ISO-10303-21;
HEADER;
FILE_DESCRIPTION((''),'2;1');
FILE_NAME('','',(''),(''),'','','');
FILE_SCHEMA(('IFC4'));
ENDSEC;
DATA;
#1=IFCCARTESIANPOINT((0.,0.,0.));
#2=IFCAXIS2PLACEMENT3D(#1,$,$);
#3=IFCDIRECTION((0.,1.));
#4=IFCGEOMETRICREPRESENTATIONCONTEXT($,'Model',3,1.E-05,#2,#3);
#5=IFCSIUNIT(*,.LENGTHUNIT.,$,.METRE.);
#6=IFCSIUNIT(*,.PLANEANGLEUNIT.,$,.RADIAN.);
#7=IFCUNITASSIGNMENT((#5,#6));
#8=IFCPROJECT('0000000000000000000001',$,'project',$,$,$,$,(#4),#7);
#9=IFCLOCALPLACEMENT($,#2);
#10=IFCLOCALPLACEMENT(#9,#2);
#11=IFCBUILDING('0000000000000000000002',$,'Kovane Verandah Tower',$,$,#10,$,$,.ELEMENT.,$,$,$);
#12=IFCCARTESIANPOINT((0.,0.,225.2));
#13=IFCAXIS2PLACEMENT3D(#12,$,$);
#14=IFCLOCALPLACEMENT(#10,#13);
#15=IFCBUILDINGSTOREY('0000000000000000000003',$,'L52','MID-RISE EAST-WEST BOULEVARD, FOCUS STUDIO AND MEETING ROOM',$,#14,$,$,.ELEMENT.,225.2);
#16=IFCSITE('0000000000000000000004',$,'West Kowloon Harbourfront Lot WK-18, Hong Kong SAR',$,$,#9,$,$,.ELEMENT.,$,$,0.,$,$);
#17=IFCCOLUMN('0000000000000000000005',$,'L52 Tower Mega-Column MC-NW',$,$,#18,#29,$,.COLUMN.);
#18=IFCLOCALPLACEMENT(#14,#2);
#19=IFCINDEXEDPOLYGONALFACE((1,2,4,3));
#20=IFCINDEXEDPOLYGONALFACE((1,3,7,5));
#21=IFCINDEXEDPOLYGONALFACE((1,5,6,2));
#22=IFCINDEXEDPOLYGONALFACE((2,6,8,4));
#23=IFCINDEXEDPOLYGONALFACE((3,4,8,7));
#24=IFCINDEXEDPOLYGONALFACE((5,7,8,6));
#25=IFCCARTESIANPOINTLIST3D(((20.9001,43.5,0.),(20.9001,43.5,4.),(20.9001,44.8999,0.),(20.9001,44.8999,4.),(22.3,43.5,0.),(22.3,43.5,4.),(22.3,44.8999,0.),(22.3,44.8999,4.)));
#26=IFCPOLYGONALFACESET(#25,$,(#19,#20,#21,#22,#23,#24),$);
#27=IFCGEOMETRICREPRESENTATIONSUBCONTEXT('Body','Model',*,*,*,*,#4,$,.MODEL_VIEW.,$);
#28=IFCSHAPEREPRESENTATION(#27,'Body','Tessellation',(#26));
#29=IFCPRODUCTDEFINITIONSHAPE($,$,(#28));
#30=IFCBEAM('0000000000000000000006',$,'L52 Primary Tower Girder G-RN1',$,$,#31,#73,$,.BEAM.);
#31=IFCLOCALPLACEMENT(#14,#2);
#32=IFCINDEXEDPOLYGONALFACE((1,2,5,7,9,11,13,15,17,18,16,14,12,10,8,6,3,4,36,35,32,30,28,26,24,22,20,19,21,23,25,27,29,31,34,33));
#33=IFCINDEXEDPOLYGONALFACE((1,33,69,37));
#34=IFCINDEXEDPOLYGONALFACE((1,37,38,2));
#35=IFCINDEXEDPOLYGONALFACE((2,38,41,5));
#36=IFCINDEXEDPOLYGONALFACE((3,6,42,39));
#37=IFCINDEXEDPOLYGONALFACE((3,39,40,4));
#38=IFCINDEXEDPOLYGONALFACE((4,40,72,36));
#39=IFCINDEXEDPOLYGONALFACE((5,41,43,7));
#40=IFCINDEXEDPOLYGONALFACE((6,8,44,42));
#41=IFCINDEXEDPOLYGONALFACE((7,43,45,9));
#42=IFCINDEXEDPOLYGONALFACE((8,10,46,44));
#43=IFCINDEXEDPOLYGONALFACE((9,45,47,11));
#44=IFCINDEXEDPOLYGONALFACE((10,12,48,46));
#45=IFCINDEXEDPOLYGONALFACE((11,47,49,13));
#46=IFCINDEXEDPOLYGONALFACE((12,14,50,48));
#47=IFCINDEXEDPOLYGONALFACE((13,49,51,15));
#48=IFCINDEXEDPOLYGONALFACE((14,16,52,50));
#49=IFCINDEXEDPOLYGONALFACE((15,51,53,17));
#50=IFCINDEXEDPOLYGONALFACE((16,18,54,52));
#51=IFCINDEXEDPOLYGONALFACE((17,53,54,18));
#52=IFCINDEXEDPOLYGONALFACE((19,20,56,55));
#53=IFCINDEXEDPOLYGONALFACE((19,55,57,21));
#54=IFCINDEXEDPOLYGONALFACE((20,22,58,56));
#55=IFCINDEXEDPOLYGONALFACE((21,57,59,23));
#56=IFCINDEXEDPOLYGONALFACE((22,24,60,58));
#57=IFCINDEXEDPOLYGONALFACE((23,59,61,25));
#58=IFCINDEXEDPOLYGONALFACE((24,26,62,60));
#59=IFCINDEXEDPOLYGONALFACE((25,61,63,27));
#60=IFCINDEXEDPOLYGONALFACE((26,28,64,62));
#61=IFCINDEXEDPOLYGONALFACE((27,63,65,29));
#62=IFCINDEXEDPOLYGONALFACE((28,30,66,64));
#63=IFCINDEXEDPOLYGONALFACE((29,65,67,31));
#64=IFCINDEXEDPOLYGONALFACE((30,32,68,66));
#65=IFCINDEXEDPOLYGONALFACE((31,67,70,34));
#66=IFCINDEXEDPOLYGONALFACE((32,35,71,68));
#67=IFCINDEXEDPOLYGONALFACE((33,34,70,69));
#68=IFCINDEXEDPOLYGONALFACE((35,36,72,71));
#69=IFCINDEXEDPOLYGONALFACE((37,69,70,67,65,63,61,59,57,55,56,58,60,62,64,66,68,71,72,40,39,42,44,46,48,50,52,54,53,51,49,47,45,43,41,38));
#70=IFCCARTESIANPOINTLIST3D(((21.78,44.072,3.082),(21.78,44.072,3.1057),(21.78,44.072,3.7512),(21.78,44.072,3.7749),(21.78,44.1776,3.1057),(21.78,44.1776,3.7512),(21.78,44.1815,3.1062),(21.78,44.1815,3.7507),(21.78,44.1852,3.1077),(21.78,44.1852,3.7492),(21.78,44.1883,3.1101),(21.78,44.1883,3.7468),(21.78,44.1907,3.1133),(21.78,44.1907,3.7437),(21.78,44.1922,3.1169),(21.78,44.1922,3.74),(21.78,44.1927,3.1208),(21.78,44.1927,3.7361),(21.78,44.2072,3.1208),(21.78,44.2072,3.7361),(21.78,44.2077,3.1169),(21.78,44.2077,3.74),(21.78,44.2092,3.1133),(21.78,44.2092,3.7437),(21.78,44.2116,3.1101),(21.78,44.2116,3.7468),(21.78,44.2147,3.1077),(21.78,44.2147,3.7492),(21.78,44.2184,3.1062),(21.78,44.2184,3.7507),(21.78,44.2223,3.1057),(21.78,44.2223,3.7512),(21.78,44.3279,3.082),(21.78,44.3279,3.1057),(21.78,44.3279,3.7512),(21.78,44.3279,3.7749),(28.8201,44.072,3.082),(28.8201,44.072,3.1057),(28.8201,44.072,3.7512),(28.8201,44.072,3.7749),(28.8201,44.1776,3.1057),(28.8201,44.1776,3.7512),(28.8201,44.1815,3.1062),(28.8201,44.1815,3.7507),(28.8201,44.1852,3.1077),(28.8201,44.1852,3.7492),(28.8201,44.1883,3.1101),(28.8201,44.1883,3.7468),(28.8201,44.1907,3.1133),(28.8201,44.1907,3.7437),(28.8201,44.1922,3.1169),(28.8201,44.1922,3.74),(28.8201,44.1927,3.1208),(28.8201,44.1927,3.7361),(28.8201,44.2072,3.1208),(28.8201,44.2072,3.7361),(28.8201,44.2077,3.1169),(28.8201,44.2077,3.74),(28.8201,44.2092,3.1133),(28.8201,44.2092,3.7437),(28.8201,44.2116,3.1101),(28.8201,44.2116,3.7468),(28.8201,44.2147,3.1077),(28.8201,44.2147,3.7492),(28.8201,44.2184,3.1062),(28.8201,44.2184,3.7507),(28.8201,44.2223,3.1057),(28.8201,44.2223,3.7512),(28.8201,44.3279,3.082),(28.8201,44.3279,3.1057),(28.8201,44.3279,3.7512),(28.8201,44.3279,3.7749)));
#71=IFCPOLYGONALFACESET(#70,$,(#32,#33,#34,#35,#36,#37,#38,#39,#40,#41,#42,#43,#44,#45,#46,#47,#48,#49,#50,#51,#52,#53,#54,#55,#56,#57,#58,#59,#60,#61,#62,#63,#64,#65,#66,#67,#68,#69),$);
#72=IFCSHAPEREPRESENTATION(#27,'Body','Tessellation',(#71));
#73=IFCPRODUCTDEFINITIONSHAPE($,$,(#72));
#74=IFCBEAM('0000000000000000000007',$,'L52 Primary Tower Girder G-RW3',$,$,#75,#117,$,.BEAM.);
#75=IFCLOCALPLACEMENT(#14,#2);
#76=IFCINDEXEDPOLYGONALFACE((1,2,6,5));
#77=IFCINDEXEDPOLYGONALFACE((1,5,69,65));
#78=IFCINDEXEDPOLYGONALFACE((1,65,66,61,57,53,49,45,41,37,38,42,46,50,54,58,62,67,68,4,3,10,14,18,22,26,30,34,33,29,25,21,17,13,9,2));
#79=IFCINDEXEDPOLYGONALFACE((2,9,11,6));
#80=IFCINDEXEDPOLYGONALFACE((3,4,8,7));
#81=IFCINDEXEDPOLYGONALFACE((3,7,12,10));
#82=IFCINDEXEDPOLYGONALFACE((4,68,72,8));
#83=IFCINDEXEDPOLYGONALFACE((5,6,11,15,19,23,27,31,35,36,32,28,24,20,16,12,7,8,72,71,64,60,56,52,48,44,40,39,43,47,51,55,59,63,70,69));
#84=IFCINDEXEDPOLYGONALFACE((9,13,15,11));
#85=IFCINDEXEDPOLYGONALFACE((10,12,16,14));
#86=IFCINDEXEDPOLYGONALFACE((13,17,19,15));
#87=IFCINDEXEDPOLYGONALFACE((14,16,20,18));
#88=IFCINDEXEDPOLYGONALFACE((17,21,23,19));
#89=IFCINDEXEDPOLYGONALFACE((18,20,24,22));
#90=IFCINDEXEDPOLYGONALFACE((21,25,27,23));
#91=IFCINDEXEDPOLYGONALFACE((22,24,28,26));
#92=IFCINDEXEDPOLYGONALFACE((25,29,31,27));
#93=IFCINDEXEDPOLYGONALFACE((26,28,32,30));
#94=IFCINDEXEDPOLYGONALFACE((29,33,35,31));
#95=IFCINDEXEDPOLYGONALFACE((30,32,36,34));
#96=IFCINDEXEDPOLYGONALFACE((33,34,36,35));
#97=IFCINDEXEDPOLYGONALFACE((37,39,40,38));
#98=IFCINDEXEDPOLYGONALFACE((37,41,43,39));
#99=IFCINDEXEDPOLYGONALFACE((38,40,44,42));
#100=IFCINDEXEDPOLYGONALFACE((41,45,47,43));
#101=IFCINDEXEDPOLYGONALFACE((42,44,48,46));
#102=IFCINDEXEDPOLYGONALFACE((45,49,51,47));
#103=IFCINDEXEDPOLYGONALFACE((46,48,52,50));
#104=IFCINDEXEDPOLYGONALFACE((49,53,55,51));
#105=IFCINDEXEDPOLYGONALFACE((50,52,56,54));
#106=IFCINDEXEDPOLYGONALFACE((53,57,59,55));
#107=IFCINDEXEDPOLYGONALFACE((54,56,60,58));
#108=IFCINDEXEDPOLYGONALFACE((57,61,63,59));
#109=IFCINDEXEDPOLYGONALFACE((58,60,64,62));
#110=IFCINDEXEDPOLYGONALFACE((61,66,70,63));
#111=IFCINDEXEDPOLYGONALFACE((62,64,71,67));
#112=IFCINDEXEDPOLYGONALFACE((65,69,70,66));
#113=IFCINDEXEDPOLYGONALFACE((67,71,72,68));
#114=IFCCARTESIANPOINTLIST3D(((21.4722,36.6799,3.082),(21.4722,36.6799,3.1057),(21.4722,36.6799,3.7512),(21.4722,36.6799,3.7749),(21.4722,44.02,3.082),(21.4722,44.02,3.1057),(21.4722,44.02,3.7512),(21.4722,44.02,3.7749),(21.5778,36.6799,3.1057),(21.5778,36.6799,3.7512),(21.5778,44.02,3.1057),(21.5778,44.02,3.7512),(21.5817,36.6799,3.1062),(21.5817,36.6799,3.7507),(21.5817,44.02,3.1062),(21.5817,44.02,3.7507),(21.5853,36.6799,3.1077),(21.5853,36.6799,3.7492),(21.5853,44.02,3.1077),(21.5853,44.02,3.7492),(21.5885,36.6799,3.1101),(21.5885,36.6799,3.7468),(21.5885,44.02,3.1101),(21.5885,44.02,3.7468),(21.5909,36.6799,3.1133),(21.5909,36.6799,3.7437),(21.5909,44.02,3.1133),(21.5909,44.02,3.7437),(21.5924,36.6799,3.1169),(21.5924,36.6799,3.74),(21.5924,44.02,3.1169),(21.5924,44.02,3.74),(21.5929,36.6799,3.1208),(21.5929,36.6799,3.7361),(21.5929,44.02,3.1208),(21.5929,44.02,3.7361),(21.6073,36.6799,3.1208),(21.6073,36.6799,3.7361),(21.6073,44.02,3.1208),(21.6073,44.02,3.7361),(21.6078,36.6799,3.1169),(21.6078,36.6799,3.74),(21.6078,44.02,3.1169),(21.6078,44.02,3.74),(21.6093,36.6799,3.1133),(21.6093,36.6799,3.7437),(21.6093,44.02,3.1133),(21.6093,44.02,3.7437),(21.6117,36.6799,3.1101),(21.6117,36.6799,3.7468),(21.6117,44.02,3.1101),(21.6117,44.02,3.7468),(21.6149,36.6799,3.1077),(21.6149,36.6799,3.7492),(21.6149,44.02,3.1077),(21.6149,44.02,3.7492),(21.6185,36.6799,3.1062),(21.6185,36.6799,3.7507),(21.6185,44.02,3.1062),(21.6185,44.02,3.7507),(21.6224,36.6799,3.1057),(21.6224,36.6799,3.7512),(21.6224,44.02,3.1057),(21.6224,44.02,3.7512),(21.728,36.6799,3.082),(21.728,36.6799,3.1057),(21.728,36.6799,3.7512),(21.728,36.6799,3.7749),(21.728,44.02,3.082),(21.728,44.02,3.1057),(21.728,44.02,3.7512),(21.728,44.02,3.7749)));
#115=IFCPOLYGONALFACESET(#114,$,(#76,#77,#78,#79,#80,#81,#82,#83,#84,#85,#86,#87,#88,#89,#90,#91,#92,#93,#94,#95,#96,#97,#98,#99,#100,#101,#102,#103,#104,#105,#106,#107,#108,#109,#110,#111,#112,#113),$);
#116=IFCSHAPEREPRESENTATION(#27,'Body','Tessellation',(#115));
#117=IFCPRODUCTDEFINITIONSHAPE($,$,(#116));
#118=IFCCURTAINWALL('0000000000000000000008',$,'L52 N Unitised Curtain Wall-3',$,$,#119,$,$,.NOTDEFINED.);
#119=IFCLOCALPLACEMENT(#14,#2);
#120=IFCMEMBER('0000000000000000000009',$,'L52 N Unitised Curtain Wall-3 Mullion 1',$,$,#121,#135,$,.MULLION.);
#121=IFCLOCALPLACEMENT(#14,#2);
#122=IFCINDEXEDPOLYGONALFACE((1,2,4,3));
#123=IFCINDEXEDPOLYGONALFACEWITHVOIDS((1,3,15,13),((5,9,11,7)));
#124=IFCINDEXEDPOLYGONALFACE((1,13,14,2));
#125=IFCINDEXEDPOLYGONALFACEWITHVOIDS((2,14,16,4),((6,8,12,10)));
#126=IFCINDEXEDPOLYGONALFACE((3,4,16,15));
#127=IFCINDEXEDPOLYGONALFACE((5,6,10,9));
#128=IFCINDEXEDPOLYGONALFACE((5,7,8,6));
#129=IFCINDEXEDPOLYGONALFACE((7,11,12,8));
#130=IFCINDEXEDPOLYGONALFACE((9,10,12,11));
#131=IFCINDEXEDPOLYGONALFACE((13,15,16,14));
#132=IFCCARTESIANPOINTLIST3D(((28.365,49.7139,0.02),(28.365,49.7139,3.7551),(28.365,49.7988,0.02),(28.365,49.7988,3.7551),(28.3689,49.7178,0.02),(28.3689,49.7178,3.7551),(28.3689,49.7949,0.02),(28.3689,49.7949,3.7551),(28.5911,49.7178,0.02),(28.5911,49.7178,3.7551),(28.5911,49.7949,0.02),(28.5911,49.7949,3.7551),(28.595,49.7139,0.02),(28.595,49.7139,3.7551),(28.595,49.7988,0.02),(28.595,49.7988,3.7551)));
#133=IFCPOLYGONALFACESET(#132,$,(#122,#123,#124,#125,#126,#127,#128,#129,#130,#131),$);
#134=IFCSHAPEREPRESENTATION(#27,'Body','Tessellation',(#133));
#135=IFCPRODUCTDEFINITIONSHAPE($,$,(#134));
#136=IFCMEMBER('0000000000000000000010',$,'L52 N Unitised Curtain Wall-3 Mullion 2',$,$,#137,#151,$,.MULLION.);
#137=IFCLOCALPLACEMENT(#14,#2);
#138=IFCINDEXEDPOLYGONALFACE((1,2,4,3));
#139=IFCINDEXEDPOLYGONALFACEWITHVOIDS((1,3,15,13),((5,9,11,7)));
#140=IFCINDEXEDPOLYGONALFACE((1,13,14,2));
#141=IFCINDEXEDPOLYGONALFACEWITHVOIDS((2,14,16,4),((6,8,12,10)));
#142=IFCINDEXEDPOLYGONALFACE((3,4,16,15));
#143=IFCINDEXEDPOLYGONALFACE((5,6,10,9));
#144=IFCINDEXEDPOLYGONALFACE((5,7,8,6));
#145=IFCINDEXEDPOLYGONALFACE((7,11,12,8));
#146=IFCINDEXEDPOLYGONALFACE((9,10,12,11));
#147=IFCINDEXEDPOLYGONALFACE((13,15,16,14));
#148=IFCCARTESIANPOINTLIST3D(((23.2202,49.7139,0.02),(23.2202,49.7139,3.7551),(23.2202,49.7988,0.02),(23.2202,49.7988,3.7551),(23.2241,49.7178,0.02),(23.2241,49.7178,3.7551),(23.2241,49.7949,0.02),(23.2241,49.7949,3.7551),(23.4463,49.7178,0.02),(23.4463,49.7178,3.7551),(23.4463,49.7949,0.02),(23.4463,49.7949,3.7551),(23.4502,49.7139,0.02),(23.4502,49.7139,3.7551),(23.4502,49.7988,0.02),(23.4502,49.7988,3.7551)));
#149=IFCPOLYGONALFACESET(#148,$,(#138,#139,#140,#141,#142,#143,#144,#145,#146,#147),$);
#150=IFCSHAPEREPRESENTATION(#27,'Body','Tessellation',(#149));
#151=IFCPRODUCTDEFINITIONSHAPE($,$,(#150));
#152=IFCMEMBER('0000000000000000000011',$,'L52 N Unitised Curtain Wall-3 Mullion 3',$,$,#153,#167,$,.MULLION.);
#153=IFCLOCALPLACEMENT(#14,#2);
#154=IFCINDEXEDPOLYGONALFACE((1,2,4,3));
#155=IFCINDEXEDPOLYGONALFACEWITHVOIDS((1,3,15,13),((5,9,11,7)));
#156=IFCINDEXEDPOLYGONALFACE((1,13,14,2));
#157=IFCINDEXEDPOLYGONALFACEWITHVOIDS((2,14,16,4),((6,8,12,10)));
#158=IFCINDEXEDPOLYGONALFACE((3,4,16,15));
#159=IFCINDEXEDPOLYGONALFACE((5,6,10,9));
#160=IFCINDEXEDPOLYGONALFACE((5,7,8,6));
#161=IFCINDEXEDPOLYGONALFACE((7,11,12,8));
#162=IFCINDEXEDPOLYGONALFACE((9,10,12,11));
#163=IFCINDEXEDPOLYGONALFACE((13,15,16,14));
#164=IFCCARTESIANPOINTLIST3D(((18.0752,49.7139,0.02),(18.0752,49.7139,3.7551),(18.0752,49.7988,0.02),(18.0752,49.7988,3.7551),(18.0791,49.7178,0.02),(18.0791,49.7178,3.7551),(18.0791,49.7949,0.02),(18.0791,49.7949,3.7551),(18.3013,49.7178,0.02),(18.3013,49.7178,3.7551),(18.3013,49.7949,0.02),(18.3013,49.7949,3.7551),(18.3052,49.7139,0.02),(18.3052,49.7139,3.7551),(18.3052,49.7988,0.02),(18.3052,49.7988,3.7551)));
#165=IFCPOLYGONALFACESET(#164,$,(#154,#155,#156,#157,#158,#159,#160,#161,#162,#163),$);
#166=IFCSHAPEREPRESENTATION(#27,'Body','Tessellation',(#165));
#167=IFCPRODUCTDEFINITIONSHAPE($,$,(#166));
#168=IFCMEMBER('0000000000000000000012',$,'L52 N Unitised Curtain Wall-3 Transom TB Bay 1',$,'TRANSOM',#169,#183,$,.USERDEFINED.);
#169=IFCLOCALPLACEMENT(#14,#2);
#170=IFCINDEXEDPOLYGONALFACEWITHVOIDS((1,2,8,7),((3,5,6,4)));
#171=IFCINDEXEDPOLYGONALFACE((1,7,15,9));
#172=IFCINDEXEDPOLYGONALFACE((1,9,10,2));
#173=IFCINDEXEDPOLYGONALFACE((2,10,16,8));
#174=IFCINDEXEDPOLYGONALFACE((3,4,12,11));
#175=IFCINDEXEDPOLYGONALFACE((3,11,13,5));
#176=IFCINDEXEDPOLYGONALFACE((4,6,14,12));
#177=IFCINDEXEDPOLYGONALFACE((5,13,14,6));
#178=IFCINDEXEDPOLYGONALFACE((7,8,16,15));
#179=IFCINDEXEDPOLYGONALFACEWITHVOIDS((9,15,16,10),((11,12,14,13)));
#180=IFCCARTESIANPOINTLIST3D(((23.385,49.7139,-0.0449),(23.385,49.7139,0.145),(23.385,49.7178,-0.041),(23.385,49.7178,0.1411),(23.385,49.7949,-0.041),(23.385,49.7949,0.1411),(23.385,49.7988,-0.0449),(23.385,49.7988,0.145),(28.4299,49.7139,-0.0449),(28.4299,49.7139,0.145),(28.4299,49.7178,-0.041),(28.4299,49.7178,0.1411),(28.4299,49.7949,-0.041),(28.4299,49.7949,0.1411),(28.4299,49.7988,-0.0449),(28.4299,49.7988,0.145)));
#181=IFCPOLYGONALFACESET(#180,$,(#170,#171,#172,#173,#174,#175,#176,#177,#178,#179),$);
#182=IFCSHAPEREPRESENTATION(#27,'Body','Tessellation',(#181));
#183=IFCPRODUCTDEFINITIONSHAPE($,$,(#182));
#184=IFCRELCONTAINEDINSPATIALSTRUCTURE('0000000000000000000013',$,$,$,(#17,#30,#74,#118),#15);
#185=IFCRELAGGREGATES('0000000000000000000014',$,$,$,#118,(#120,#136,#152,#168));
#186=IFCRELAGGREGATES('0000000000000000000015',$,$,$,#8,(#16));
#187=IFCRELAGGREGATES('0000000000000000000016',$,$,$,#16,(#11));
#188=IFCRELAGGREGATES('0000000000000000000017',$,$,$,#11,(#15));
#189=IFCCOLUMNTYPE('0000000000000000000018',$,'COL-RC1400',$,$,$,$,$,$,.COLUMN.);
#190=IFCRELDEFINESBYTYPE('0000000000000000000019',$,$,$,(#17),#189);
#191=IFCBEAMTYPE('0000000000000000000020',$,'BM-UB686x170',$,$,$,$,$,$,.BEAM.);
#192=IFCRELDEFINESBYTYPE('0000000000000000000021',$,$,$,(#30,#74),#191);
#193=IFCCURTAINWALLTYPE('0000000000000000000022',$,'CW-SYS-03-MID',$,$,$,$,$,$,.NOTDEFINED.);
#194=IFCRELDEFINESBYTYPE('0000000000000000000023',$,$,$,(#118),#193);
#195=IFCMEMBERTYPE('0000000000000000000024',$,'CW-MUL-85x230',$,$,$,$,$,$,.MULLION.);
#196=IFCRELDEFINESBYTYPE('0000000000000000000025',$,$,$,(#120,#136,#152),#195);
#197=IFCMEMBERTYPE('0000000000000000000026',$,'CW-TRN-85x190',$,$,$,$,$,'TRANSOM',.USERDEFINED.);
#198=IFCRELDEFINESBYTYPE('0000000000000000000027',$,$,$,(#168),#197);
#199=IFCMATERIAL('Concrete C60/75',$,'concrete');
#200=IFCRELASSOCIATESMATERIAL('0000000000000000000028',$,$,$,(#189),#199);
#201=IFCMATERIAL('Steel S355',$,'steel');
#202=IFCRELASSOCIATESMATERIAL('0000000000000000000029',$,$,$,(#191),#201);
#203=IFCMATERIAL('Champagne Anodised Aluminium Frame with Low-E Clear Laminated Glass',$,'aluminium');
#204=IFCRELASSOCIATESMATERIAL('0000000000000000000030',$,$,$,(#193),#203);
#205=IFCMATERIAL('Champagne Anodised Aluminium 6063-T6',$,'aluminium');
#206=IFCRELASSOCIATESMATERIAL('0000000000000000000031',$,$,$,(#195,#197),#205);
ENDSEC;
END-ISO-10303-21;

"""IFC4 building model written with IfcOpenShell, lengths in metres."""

from ifc_helpers import new_model, si_unit, direction, frame, origin, origin_2d, place, context, subcontext, project, spatial, rectangle, hollow_rectangle, i_section, extrude, material, material_profile, profile_set, type_object, element, aggregate, save


model = new_model("IFC4")

# Units and contexts
model_context = context("Model", 3, precision=1e-05, world=origin(), true_north=direction((0.0, 1.0)))
body_context = subcontext(model_context, "Body", "Model", "MODEL_VIEW")
ifc_project = project(units=[si_unit("LENGTHUNIT", "METRE"), si_unit("PLANEANGLEUNIT", "RADIAN")], contexts=[model_context])

# Site, building, storey
site_placement = place(None, origin())
site = spatial("IfcSite", under=ifc_project, at=site_placement, Name="West Kowloon Harbourfront Lot WK-18, Hong Kong SAR", CompositionType="ELEMENT", RefElevation=0.0)
building_placement = place(site_placement, origin())
building = spatial("IfcBuilding", under=site, at=building_placement, Name="Kovane Verandah Tower", CompositionType="ELEMENT")
storey_placement = place(building_placement, frame((0.0, 0.0, 225.2)))
storey = spatial("IfcBuildingStorey", under=building, at=storey_placement, Name="L52", Description="MID-RISE EAST-WEST BOULEVARD, FOCUS STUDIO AND MEETING ROOM", CompositionType="ELEMENT", Elevation=225.2)

# Column
ifc_material_1 = material(Name="Concrete C60/75", Category="concrete")
ifc_material_profile_1 = material_profile(ifc_material_1, rectangle(XDim=1.3999, YDim=1.3999, at=origin_2d()), Name="RC1400x1400")
ifc_profile_set_1 = profile_set([ifc_material_profile_1], Name="Concrete C60/75")
column_type = type_object("IfcColumnType", Name="COL-RC1400", PredefinedType="COLUMN", material=ifc_profile_set_1)
column_placement = place(storey_placement, frame((21.6001, 44.2, 0.0), z_axis=(0.0, 0.0, 1.0), x_axis=(1.0, 0.0, 0.0)))
element("IfcColumn", 1, at=column_placement, inside=storey, type_object=column_type, Name="L52 Tower Mega-Column MC-NW", PredefinedType="COLUMN", context=body_context, shape_type="SweptSolid", body=[
    extrude(rectangle(XDim=1.3999, YDim=1.3999, at=origin_2d()), origin(), (0.0, 0.0, 1.0), 4.0),
])

# Beams
ifc_material_2 = material(Name="Steel S355", Category="steel")
ifc_material_profile_2 = material_profile(ifc_material_2, i_section(OverallWidth=0.2559, OverallDepth=0.6929, WebThickness=0.0144, FlangeThickness=0.0237, FilletRadius=0.0151, at=origin_2d()), Name="UB686x254x170")
ifc_profile_set_2 = profile_set([ifc_material_profile_2], Name="Steel S355")
beam_type_1 = type_object("IfcBeamType", Name="BM-UB686x170", PredefinedType="BEAM", material=ifc_profile_set_2)
beam_1_placement = place(storey_placement, frame((21.78, 44.2, 3.4285), z_axis=(1.0, 0.0, 0.0), x_axis=(0.0, 1.0, 0.0)))
element("IfcBeam", 2, at=beam_1_placement, inside=storey, type_object=beam_type_1, Name="L52 Primary Tower Girder G-RN1", PredefinedType="BEAM", context=body_context, shape_type="SweptSolid", body=[
    extrude(i_section(OverallWidth=0.2559, OverallDepth=0.6929, WebThickness=0.0144, FlangeThickness=0.0237, FilletRadius=0.0151, at=origin_2d()), origin(), (0.0, 0.0, 1.0), 7.04),
])
beam_2_placement = place(storey_placement, frame((21.6001, 36.6799, 3.4285), z_axis=(0.0, 1.0, 0.0), x_axis=(-1.0, 0.0, 0.0)))
element("IfcBeam", 3, at=beam_2_placement, inside=storey, type_object=beam_type_1, Name="L52 Primary Tower Girder G-RW3", PredefinedType="BEAM", context=body_context, shape_type="SweptSolid", body=[
    extrude(i_section(OverallWidth=0.2559, OverallDepth=0.6929, WebThickness=0.0144, FlangeThickness=0.0237, FilletRadius=0.0151, at=origin_2d()), origin(), (0.0, 0.0, 1.0), 7.3401),
])

# Curtain wall, members
ifc_material_3 = material(Name="Champagne Anodised Aluminium Frame with Low-E Clear Laminated Glass", Category="aluminium")
curtain_wall_type = type_object("IfcCurtainWallType", Name="CW-SYS-03-MID", PredefinedType="NOTDEFINED", material=ifc_material_3)
curtain_wall_placement = place(storey_placement, origin())
curtain_wall = element("IfcCurtainWall", 4, at=curtain_wall_placement, inside=storey, type_object=curtain_wall_type, Name="L52 N Unitised Curtain Wall-3", PredefinedType="NOTDEFINED")
ifc_material_4 = material(Name="Champagne Anodised Aluminium 6063-T6", Category="aluminium")
ifc_material_profile_3 = material_profile(ifc_material_4, hollow_rectangle(XDim=0.085, YDim=0.23, WallThickness=0.0039, at=origin_2d()), Name="AL85x230x4")
ifc_profile_set_3 = profile_set([ifc_material_profile_3], Name="Champagne Anodised Aluminium 6063-T6")
member_type_1 = type_object("IfcMemberType", Name="CW-MUL-85x230", PredefinedType="MULLION", material=ifc_profile_set_3)
member_1_placement = place(storey_placement, frame((28.48, 49.7563, 0.02), z_axis=(0.0, 0.0, 1.0), x_axis=(0.0, 1.0, 0.0)))
member_1 = element("IfcMember", 5, at=member_1_placement, type_object=member_type_1, Name="L52 N Unitised Curtain Wall-3 Mullion 1", PredefinedType="MULLION", context=body_context, shape_type="SweptSolid", body=[
    extrude(hollow_rectangle(XDim=0.085, YDim=0.23, WallThickness=0.0039, at=origin_2d()), origin(), (0.0, 0.0, 1.0), 3.7351),
])
member_2_placement = place(storey_placement, frame((23.3352, 49.7563, 0.02), z_axis=(0.0, 0.0, 1.0), x_axis=(0.0, 1.0, 0.0)))
member_2 = element("IfcMember", 6, at=member_2_placement, type_object=member_type_1, Name="L52 N Unitised Curtain Wall-3 Mullion 2", PredefinedType="MULLION", context=body_context, shape_type="SweptSolid", body=[
    extrude(hollow_rectangle(XDim=0.085, YDim=0.23, WallThickness=0.0039, at=origin_2d()), origin(), (0.0, 0.0, 1.0), 3.7351),
])
member_3_placement = place(storey_placement, frame((18.1902, 49.7563, 0.02), z_axis=(0.0, 0.0, 1.0), x_axis=(0.0, 1.0, 0.0)))
member_3 = element("IfcMember", 7, at=member_3_placement, type_object=member_type_1, Name="L52 N Unitised Curtain Wall-3 Mullion 3", PredefinedType="MULLION", context=body_context, shape_type="SweptSolid", body=[
    extrude(hollow_rectangle(XDim=0.085, YDim=0.23, WallThickness=0.0039, at=origin_2d()), origin(), (0.0, 0.0, 1.0), 3.7351),
])
ifc_material_profile_4 = material_profile(ifc_material_4, hollow_rectangle(XDim=0.085, YDim=0.1899, WallThickness=0.0039, at=origin_2d()), Name="AL85x190x4")
ifc_profile_set_4 = profile_set([ifc_material_profile_4], Name="Champagne Anodised Aluminium 6063-T6")
member_type_2 = type_object("IfcMemberType", Name="CW-TRN-85x190", ElementType="TRANSOM", PredefinedType="USERDEFINED", material=ifc_profile_set_4)
member_4_placement = place(storey_placement, frame((28.4299, 49.7563, 0.05), z_axis=(-1.0, 0.0, 0.0), x_axis=(0.0, -1.0, 0.0)))
member_4 = element("IfcMember", 8, at=member_4_placement, type_object=member_type_2, Name="L52 N Unitised Curtain Wall-3 Transom TB Bay 1", ObjectType="TRANSOM", PredefinedType="USERDEFINED", context=body_context, shape_type="SweptSolid", body=[
    extrude(hollow_rectangle(XDim=0.085, YDim=0.1899, WallThickness=0.0039, at=origin_2d()), origin(), (0.0, 0.0, 1.0), 5.0449),
])

aggregate(curtain_wall, [member_1, member_2, member_3, member_4])

save(model, "model.ifc")
